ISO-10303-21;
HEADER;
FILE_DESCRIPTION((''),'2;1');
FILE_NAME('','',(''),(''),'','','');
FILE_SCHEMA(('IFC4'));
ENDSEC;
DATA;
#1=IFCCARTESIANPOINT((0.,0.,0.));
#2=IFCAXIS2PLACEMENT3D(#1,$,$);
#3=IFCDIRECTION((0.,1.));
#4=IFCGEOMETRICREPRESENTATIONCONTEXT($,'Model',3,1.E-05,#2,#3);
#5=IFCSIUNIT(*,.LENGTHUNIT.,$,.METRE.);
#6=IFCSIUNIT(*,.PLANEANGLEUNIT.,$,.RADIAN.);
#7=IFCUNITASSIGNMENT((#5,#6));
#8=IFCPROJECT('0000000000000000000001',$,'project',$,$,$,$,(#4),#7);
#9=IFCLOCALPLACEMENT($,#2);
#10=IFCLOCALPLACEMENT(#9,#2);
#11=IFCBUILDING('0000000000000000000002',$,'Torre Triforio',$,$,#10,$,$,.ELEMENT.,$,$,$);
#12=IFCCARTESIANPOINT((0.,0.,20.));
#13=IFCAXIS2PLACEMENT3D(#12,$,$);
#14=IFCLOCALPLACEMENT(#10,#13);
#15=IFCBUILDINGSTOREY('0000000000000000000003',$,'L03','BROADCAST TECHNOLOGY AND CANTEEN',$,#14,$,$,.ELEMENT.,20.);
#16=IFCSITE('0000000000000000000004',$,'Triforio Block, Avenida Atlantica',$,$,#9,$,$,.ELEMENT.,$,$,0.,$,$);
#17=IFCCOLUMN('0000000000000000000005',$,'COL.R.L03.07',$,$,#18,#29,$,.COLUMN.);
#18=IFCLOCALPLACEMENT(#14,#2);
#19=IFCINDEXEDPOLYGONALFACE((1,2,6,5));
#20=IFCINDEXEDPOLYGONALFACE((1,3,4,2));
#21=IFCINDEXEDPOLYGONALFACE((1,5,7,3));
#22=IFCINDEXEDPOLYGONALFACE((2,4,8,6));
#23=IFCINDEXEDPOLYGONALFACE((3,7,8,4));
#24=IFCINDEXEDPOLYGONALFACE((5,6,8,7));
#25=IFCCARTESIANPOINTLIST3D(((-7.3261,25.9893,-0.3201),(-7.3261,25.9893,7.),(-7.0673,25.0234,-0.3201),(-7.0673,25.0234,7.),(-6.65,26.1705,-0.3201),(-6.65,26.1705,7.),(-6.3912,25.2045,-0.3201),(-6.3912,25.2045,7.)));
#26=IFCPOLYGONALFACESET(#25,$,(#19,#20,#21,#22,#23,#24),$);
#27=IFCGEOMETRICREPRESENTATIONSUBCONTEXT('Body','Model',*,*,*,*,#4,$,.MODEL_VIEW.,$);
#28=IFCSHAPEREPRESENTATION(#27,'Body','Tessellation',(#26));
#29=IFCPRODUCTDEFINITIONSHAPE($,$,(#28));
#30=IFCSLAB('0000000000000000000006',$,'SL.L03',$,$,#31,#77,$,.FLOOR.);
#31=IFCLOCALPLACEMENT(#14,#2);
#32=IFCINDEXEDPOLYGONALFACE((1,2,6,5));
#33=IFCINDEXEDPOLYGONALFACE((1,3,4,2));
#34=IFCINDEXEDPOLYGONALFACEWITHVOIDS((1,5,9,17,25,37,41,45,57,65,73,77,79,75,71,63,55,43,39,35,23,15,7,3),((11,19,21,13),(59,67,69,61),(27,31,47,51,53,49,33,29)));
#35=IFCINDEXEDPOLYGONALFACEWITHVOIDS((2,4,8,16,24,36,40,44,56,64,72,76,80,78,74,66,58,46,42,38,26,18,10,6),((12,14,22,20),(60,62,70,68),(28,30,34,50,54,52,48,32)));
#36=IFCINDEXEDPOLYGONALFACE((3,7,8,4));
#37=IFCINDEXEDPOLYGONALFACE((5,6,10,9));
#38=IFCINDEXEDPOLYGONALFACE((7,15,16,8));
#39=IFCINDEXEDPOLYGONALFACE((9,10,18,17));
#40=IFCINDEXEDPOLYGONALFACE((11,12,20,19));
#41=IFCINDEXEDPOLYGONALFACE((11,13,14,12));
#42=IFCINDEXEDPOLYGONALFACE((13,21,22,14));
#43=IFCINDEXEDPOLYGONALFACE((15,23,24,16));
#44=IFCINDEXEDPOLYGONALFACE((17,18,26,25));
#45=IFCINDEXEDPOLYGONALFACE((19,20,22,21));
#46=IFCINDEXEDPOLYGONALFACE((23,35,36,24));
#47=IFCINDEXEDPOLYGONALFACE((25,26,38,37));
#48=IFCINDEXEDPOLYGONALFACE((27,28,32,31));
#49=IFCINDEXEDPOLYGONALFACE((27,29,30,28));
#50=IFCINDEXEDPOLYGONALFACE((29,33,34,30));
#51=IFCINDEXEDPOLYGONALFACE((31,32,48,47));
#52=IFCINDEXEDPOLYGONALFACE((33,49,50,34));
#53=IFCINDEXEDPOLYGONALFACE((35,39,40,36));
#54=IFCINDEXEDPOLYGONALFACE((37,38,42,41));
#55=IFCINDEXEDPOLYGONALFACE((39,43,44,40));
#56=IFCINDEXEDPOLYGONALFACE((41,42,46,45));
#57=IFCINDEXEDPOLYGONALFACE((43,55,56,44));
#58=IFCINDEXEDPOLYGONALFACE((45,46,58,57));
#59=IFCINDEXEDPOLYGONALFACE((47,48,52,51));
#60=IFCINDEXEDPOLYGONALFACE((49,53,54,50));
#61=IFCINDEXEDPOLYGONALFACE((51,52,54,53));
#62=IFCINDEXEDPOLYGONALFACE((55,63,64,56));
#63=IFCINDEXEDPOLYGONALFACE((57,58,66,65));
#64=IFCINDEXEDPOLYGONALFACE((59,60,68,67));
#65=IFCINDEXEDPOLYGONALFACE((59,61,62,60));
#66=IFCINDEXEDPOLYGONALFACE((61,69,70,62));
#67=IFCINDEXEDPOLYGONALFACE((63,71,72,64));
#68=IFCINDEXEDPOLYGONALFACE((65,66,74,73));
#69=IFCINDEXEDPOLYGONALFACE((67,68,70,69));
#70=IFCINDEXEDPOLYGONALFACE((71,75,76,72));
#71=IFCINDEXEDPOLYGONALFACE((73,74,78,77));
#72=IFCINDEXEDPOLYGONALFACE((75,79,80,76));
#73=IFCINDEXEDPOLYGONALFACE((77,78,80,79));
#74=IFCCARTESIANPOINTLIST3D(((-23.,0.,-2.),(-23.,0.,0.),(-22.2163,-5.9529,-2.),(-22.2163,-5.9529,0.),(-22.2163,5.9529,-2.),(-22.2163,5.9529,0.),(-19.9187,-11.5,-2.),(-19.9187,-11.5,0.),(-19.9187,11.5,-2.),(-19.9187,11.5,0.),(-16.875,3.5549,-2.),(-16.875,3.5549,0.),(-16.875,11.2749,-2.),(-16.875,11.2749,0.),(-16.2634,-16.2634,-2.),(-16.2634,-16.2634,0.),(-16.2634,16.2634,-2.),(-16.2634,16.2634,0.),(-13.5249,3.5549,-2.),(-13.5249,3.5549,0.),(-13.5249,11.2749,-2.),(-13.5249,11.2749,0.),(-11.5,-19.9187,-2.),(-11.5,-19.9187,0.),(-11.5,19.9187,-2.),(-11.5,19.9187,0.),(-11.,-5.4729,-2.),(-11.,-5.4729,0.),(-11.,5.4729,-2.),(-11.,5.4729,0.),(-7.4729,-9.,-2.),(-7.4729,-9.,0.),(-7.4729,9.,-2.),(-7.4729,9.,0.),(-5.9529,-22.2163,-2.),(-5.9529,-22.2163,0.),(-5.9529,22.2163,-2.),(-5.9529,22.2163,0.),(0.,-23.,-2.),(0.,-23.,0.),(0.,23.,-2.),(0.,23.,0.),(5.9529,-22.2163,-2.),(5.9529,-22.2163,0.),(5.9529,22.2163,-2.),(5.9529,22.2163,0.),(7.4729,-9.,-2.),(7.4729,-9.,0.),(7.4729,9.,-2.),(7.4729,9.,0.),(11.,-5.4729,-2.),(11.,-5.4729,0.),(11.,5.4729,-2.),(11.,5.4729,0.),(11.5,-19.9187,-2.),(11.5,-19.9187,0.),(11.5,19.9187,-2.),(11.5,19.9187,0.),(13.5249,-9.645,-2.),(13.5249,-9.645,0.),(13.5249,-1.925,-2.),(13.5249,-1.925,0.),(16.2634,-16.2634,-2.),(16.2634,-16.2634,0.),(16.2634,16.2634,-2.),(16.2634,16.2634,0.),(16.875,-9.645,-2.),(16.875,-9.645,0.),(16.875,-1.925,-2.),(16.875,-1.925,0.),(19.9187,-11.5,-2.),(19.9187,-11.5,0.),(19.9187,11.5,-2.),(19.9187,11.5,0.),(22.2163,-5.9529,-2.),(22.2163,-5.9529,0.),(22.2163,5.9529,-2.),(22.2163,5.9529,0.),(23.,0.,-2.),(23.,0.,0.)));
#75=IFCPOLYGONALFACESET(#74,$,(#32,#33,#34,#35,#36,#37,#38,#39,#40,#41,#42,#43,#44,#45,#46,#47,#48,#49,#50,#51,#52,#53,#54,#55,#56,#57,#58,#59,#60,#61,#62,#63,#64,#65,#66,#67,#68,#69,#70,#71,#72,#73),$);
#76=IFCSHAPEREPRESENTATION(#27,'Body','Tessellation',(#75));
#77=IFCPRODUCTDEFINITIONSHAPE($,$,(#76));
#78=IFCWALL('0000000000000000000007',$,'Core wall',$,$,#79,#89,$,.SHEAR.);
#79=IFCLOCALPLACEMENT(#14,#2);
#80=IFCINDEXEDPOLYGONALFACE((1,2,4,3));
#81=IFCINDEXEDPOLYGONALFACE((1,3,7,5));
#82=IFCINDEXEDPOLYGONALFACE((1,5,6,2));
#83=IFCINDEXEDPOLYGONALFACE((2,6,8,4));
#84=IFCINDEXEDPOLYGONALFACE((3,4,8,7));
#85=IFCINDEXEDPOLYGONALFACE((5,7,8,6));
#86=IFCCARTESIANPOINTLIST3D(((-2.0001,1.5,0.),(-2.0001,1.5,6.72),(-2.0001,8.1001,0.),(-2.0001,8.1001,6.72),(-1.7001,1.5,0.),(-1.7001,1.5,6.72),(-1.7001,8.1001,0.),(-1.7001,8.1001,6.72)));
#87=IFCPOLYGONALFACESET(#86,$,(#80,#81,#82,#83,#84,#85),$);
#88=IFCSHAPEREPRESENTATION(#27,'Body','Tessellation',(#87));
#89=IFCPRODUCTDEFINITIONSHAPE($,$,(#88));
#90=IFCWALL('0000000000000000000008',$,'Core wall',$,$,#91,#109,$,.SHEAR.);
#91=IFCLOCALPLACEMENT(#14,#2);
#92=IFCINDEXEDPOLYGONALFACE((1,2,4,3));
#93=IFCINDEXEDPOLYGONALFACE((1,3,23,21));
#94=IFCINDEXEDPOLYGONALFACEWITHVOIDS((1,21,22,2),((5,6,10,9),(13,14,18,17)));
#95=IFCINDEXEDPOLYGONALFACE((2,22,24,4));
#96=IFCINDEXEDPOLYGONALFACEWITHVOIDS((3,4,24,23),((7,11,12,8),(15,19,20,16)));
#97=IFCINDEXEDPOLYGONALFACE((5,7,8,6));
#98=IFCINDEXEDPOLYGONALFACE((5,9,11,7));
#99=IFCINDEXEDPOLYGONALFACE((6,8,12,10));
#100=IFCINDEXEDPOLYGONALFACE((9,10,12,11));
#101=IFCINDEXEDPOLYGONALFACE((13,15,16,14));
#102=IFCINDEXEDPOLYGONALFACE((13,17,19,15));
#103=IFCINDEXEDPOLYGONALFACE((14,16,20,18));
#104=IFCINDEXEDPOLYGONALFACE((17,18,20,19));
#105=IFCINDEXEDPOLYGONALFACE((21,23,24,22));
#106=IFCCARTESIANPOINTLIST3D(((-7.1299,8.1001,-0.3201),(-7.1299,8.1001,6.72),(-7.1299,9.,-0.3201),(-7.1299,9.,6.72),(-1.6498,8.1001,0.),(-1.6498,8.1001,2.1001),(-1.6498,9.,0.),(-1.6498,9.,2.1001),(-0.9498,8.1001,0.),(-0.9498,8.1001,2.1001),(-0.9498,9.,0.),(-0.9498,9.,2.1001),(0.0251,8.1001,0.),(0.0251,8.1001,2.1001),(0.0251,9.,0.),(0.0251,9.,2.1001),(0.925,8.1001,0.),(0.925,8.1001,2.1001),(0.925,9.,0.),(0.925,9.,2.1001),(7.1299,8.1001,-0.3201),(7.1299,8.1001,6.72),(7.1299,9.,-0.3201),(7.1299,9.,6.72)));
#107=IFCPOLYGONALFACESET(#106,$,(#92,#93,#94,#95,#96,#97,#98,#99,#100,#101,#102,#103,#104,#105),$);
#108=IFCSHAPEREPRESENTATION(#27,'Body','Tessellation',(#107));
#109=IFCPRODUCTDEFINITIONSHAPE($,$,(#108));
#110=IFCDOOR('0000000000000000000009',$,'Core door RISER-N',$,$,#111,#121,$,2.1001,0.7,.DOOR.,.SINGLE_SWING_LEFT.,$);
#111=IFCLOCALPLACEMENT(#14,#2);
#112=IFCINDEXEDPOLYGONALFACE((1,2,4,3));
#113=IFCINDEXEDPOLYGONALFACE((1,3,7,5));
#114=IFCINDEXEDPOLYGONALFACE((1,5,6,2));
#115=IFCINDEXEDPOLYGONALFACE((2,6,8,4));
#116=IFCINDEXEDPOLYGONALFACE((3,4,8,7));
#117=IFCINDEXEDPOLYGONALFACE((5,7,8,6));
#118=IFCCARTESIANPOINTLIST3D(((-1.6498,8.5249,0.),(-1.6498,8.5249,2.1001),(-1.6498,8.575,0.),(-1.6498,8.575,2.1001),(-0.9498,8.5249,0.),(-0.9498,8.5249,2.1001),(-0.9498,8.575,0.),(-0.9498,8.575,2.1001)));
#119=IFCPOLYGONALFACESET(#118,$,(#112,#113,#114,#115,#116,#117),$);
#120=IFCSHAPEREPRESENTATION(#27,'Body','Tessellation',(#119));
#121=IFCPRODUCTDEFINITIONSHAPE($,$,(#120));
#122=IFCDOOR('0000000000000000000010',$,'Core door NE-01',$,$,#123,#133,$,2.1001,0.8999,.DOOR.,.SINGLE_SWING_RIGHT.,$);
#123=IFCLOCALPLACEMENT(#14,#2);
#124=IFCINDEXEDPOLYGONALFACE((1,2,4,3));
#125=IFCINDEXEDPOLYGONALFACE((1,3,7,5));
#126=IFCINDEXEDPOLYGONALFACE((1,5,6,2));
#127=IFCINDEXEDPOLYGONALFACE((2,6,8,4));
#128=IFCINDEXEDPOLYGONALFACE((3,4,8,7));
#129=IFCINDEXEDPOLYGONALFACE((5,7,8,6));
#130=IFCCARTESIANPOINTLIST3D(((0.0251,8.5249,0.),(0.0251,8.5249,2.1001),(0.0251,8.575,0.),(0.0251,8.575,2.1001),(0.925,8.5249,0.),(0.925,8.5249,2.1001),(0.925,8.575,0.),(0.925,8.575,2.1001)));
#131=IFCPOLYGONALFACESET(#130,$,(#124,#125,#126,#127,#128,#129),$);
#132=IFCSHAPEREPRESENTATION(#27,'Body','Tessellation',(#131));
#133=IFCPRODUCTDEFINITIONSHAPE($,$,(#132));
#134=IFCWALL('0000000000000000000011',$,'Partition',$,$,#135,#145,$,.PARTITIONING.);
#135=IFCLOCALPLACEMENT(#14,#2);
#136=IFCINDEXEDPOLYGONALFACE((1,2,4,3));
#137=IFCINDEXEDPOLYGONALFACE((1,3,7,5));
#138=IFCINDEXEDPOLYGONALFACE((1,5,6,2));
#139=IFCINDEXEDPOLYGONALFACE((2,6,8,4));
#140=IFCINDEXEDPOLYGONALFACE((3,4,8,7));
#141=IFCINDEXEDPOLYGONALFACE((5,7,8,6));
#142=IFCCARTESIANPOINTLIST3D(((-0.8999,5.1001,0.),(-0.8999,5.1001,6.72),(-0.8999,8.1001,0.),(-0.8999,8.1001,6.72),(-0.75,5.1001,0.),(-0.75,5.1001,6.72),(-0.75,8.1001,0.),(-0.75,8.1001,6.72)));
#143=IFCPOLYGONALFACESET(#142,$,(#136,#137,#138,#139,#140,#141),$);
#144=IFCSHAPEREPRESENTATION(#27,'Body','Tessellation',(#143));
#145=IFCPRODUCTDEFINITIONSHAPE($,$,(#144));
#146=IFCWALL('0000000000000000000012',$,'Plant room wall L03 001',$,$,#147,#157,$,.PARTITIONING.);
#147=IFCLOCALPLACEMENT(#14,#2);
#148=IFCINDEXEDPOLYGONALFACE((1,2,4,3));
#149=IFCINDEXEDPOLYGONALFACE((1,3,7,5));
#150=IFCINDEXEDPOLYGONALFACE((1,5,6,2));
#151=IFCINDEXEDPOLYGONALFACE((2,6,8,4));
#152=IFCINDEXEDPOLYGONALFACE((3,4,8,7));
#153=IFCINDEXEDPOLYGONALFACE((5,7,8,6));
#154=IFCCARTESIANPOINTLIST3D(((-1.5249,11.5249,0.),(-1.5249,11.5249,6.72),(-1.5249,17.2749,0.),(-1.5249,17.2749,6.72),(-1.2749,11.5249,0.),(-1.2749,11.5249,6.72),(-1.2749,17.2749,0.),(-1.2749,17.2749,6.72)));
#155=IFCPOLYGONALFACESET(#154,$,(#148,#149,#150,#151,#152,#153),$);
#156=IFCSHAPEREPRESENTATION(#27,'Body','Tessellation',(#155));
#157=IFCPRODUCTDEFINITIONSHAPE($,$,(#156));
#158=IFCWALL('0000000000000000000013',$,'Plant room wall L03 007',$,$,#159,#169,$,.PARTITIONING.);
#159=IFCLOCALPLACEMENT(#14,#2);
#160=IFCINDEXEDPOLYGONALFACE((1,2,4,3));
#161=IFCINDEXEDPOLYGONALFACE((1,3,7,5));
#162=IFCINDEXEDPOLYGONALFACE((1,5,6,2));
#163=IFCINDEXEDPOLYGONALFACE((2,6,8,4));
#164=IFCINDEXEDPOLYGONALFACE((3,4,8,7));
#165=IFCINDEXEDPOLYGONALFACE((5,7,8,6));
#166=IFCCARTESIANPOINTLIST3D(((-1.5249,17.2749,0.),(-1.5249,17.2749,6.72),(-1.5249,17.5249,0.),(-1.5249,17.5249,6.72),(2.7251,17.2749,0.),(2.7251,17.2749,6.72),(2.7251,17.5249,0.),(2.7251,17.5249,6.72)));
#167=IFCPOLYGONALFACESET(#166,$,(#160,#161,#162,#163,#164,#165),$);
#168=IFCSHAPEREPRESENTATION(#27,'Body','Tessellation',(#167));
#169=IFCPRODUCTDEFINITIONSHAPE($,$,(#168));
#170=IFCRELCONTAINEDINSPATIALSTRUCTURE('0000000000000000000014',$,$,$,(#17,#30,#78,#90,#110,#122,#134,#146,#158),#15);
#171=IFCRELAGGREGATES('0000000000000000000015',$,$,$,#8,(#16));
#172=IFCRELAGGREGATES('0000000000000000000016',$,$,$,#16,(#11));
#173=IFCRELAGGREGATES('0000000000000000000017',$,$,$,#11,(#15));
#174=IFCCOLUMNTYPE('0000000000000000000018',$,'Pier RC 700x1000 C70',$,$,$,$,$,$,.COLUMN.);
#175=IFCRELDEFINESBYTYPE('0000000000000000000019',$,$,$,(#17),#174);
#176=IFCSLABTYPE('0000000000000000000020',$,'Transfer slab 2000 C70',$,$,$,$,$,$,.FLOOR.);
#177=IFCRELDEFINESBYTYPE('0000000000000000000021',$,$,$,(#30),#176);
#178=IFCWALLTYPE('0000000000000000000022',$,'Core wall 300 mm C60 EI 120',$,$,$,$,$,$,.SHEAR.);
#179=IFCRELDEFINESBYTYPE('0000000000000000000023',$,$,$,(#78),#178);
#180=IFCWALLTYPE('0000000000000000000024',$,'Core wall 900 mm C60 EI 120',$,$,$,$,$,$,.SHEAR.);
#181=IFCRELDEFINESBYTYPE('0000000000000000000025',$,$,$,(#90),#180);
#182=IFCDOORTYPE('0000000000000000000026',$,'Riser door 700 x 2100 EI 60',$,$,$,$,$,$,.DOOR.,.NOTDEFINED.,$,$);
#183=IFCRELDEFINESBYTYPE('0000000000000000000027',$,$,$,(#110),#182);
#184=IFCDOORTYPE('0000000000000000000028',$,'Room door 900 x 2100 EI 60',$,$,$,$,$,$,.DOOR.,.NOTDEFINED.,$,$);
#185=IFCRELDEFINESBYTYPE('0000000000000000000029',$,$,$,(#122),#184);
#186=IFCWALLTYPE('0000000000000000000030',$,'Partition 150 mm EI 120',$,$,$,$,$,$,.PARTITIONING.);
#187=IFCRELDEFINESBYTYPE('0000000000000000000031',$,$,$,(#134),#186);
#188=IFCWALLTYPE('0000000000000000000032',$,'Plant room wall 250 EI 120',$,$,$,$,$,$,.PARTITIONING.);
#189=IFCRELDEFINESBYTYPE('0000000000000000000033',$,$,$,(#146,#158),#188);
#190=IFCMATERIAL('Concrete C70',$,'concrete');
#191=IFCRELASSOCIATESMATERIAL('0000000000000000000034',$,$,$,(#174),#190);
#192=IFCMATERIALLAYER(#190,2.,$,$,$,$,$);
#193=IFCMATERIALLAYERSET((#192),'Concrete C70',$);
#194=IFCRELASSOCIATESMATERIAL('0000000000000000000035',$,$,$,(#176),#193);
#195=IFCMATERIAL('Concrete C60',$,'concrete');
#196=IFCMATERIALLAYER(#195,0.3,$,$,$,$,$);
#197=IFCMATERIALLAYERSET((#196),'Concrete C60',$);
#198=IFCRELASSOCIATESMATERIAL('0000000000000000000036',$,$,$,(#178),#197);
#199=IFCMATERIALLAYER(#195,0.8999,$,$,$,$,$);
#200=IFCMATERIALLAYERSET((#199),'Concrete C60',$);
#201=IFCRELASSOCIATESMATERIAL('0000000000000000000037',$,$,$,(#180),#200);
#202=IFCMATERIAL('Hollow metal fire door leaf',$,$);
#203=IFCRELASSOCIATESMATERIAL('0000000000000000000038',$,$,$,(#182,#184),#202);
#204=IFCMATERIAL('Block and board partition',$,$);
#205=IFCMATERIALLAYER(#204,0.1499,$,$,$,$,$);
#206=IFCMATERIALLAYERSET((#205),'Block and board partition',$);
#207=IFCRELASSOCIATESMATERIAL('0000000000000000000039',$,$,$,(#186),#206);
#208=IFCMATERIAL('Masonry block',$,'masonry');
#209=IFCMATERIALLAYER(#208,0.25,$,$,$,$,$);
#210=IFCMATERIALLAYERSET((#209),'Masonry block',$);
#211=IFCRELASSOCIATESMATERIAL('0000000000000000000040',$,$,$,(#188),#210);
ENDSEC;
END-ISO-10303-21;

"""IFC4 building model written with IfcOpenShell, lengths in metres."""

from ifc_helpers import new_model, si_unit, direction, frame, frame_2d, origin, origin_2d, place, context, subcontext, project, spatial, polyline, rectangle, outline, extrude, material, layer, layer_set, material_profile, profile_set, type_object, element, fill, save


model = new_model("IFC4")

# Units and contexts
model_context = context("Model", 3, precision=1e-05, world=origin(), true_north=direction((0.0, 1.0)))
body_context = subcontext(model_context, "Body", "Model", "MODEL_VIEW")
ifc_project = project(units=[si_unit("LENGTHUNIT", "METRE"), si_unit("PLANEANGLEUNIT", "RADIAN")], contexts=[model_context])

# Site, building, storey
site_placement = place(None, origin())
site = spatial("IfcSite", under=ifc_project, at=site_placement, Name="Triforio Block, Avenida Atlantica", CompositionType="ELEMENT", RefElevation=0.0)
building_placement = place(site_placement, origin())
building = spatial("IfcBuilding", under=site, at=building_placement, Name="Torre Triforio", CompositionType="ELEMENT")
storey_placement = place(building_placement, frame((0.0, 0.0, 20.0)))
storey = spatial("IfcBuildingStorey", under=building, at=storey_placement, Name="L03", Description="BROADCAST TECHNOLOGY AND CANTEEN", CompositionType="ELEMENT", Elevation=20.0)

# Column
ifc_material_1 = material(Name="Concrete C70", Category="concrete")
ifc_material_profile_1 = material_profile(ifc_material_1, rectangle(XDim=0.7, YDim=1.0, at=origin_2d()), Name="RC 700x1000")
ifc_profile_set_1 = profile_set([ifc_material_profile_1], Name="Concrete C70")
column_type = type_object("IfcColumnType", Name="Pier RC 700x1000 C70", PredefinedType="COLUMN", material=ifc_profile_set_1)
column_placement = place(storey_placement, frame((-6.8586, 25.5969, -0.3201), z_axis=(0.0, 0.0, 1.0), x_axis=(-0.965926, -0.258819, 0.0)))
element("IfcColumn", 1, at=column_placement, inside=storey, type_object=column_type, Name="COL.R.L03.07", PredefinedType="COLUMN", context=body_context, shape_type="SweptSolid", body=[
    extrude(rectangle(XDim=0.7, YDim=1.0, at=origin_2d()), origin(), (0.0, 0.0, 1.0), 7.3201),
])

# Slab
ifc_layer_1 = layer(ifc_material_1, 2.0)
ifc_layer_set_1 = layer_set([ifc_layer_1], Name="Concrete C70")
slab_type_1 = type_object("IfcSlabType", Name="Transfer slab 2000 C70", PredefinedType="FLOOR", material=ifc_layer_set_1)
slab_1_placement = place(storey_placement, frame((0.0, 0.0, -2.0)))
element("IfcSlab", 2, at=slab_1_placement, inside=storey, type_object=slab_type_1, Name="SL.L03", PredefinedType="FLOOR", context=body_context, shape_type="SweptSolid", body=[
    extrude(outline(polyline([(19.9187, -11.5), (22.2163, -5.9529), (23.0, 0.0), (22.2163, 5.9529), (19.9187, 11.5), (16.2634, 16.2634), (11.5, 19.9187), (5.9529, 22.2163), (0.0, 23.0), (-5.9529, 22.2163), (-11.5, 19.9187), (-16.2634, 16.2634), (-19.9187, 11.5), (-22.2163, 5.9529), (-23.0, 0.0), (-22.2163, -5.9529), (-19.9187, -11.5), (-16.2634, -16.2634), (-11.5, -19.9187), (-5.9529, -22.2163), (0.0, -23.0), (5.9529, -22.2163), (11.5, -19.9187), (16.2634, -16.2634), (19.9187, -11.5)]), holes=[polyline([(7.4729, 9.0), (11.0, 5.4729), (11.0, -5.4729), (7.4729, -9.0), (-7.4729, -9.0), (-11.0, -5.4729), (-11.0, 5.4729), (-7.4729, 9.0), (7.4729, 9.0)]), polyline([(13.5249, -9.645), (13.5249, -1.925), (16.875, -1.925), (16.875, -9.645), (13.5249, -9.645)]), polyline([(-16.875, 3.5549), (-16.875, 11.2749), (-13.5249, 11.2749), (-13.5249, 3.5549), (-16.875, 3.5549)])]), origin(), (0.0, 0.0, 1.0), 2.0),
])

# Wall
ifc_material_2 = material(Name="Concrete C60", Category="concrete")
ifc_layer_2 = layer(ifc_material_2, 0.3)
ifc_layer_set_2 = layer_set([ifc_layer_2], Name="Concrete C60")
wall_type_1 = type_object("IfcWallType", Name="Core wall 300 mm C60 EI 120", PredefinedType="SHEAR", material=ifc_layer_set_2)
wall_1_placement = place(storey_placement, frame((-1.8501, 1.5, 0.0), z_axis=(0.0, 0.0, 1.0), x_axis=(0.0, 1.0, 0.0)))
element("IfcWall", 3, at=wall_1_placement, inside=storey, type_object=wall_type_1, Name="Core wall", PredefinedType="SHEAR", context=body_context, shape_type="SweptSolid", body=[
    extrude(rectangle(XDim=6.6001, YDim=0.3, at=frame_2d((3.3, 0.0))), origin(), (0.0, 0.0, 1.0), 6.72),
])

# Wall, openings, doors
ifc_layer_3 = layer(ifc_material_2, 0.8999)
ifc_layer_set_3 = layer_set([ifc_layer_3], Name="Concrete C60")
wall_type_2 = type_object("IfcWallType", Name="Core wall 900 mm C60 EI 120", PredefinedType="SHEAR", material=ifc_layer_set_3)
wall_2_placement = place(storey_placement, frame((-7.1299, 8.55, -0.3201), z_axis=(0.0, 0.0, 1.0), x_axis=(1.0, 0.0, 0.0)))
wall_2 = element("IfcWall", 4, at=wall_2_placement, inside=storey, type_object=wall_type_2, Name="Core wall", PredefinedType="SHEAR", context=body_context, shape_type="SweptSolid", body=[
    extrude(rectangle(XDim=14.2598, YDim=0.8999, at=frame_2d((7.1299, 0.0))), origin(), (0.0, 0.0, 1.0), 7.04),
])
opening_1_placement = place(wall_2_placement, frame((5.48, 0.0, 0.3201)))
opening_1 = element("IfcOpeningElement", 5, at=opening_1_placement, cuts=wall_2, PredefinedType="OPENING", context=body_context, shape_type="SweptSolid", body=[
    extrude(rectangle(XDim=0.7, YDim=2.1001, at=frame_2d((0.3501, 1.05))), frame((0.0, 0.46, 0.0), z_axis=(0.0, -1.0, 0.0), x_axis=(1.0, 0.0, 0.0)), (0.0, 0.0, 1.0), 0.9199),
])
opening_2_placement = place(wall_2_placement, frame((7.155, 0.0, 0.3201)))
opening_2 = element("IfcOpeningElement", 6, at=opening_2_placement, cuts=wall_2, PredefinedType="OPENING", context=body_context, shape_type="SweptSolid", body=[
    extrude(rectangle(XDim=0.8999, YDim=2.1001, at=frame_2d((0.45, 1.05))), frame((0.0, 0.46, 0.0), z_axis=(0.0, -1.0, 0.0), x_axis=(1.0, 0.0, 0.0)), (0.0, 0.0, 1.0), 0.9199),
])
ifc_material_3 = material(Name="Hollow metal fire door leaf")
door_type_1 = type_object("IfcDoorType", Name="Riser door 700 x 2100 EI 60", OperationType="NOTDEFINED", PredefinedType="DOOR", material=ifc_material_3)
door_1_placement = place(opening_1_placement, origin())
door_1 = element("IfcDoor", 7, at=door_1_placement, inside=storey, type_object=door_type_1, Name="Core door RISER-N", OperationType="SINGLE_SWING_LEFT", OverallHeight=2.1001, OverallWidth=0.7, PredefinedType="DOOR", context=body_context, shape_type="SweptSolid", body=[
    extrude(rectangle(XDim=0.7, YDim=2.1001, at=frame_2d((0.3501, 1.05))), frame((0.0, 0.0249, 0.0), z_axis=(0.0, -1.0, 0.0), x_axis=(1.0, 0.0, 0.0)), (0.0, 0.0, 1.0), 0.05),
])
fill(opening_1, door_1)
door_type_2 = type_object("IfcDoorType", Name="Room door 900 x 2100 EI 60", OperationType="NOTDEFINED", PredefinedType="DOOR", material=ifc_material_3)
door_2_placement = place(opening_2_placement, origin())
door_2 = element("IfcDoor", 8, at=door_2_placement, inside=storey, type_object=door_type_2, Name="Core door NE-01", OperationType="SINGLE_SWING_RIGHT", OverallHeight=2.1001, OverallWidth=0.8999, PredefinedType="DOOR", context=body_context, shape_type="SweptSolid", body=[
    extrude(rectangle(XDim=0.8999, YDim=2.1001, at=frame_2d((0.45, 1.05))), frame((0.0, 0.0249, 0.0), z_axis=(0.0, -1.0, 0.0), x_axis=(1.0, 0.0, 0.0)), (0.0, 0.0, 1.0), 0.05),
])
fill(opening_2, door_2)

# Walls
ifc_material_4 = material(Name="Block and board partition")
ifc_layer_4 = layer(ifc_material_4, 0.1499)
ifc_layer_set_4 = layer_set([ifc_layer_4], Name="Block and board partition")
wall_type_3 = type_object("IfcWallType", Name="Partition 150 mm EI 120", PredefinedType="PARTITIONING", material=ifc_layer_set_4)
wall_3_placement = place(storey_placement, frame((-0.825, 5.1001, 0.0), z_axis=(0.0, 0.0, 1.0), x_axis=(0.0, 1.0, 0.0)))
element("IfcWall", 9, at=wall_3_placement, inside=storey, type_object=wall_type_3, Name="Partition", PredefinedType="PARTITIONING", context=body_context, shape_type="SweptSolid", body=[
    extrude(rectangle(XDim=3.0, YDim=0.1499, at=frame_2d((1.5, 0.0))), origin(), (0.0, 0.0, 1.0), 6.72),
])
ifc_material_5 = material(Name="Masonry block", Category="masonry")
ifc_layer_5 = layer(ifc_material_5, 0.25)
ifc_layer_set_5 = layer_set([ifc_layer_5], Name="Masonry block")
wall_type_4 = type_object("IfcWallType", Name="Plant room wall 250 EI 120", PredefinedType="PARTITIONING", material=ifc_layer_set_5)
wall_4_placement = place(storey_placement, frame((-1.3999, 11.5249, 0.0), z_axis=(0.0, 0.0, 1.0), x_axis=(0.0, 1.0, 0.0)))
element("IfcWall", 10, at=wall_4_placement, inside=storey, type_object=wall_type_4, Name="Plant room wall L03 001", PredefinedType="PARTITIONING", context=body_context, shape_type="SweptSolid", body=[
    extrude(rectangle(XDim=5.75, YDim=0.25, at=frame_2d((2.875, 0.0))), origin(), (0.0, 0.0, 1.0), 6.72),
])
wall_5_placement = place(storey_placement, frame((-1.5249, 17.3999, 0.0), z_axis=(0.0, 0.0, 1.0), x_axis=(1.0, 0.0, 0.0)))
element("IfcWall", 11, at=wall_5_placement, inside=storey, type_object=wall_type_4, Name="Plant room wall L03 007", PredefinedType="PARTITIONING", context=body_context, shape_type="SweptSolid", body=[
    extrude(rectangle(XDim=4.25, YDim=0.25, at=frame_2d((2.125, 0.0))), origin(), (0.0, 0.0, 1.0), 6.72),
])

save(model, "model.ifc")
